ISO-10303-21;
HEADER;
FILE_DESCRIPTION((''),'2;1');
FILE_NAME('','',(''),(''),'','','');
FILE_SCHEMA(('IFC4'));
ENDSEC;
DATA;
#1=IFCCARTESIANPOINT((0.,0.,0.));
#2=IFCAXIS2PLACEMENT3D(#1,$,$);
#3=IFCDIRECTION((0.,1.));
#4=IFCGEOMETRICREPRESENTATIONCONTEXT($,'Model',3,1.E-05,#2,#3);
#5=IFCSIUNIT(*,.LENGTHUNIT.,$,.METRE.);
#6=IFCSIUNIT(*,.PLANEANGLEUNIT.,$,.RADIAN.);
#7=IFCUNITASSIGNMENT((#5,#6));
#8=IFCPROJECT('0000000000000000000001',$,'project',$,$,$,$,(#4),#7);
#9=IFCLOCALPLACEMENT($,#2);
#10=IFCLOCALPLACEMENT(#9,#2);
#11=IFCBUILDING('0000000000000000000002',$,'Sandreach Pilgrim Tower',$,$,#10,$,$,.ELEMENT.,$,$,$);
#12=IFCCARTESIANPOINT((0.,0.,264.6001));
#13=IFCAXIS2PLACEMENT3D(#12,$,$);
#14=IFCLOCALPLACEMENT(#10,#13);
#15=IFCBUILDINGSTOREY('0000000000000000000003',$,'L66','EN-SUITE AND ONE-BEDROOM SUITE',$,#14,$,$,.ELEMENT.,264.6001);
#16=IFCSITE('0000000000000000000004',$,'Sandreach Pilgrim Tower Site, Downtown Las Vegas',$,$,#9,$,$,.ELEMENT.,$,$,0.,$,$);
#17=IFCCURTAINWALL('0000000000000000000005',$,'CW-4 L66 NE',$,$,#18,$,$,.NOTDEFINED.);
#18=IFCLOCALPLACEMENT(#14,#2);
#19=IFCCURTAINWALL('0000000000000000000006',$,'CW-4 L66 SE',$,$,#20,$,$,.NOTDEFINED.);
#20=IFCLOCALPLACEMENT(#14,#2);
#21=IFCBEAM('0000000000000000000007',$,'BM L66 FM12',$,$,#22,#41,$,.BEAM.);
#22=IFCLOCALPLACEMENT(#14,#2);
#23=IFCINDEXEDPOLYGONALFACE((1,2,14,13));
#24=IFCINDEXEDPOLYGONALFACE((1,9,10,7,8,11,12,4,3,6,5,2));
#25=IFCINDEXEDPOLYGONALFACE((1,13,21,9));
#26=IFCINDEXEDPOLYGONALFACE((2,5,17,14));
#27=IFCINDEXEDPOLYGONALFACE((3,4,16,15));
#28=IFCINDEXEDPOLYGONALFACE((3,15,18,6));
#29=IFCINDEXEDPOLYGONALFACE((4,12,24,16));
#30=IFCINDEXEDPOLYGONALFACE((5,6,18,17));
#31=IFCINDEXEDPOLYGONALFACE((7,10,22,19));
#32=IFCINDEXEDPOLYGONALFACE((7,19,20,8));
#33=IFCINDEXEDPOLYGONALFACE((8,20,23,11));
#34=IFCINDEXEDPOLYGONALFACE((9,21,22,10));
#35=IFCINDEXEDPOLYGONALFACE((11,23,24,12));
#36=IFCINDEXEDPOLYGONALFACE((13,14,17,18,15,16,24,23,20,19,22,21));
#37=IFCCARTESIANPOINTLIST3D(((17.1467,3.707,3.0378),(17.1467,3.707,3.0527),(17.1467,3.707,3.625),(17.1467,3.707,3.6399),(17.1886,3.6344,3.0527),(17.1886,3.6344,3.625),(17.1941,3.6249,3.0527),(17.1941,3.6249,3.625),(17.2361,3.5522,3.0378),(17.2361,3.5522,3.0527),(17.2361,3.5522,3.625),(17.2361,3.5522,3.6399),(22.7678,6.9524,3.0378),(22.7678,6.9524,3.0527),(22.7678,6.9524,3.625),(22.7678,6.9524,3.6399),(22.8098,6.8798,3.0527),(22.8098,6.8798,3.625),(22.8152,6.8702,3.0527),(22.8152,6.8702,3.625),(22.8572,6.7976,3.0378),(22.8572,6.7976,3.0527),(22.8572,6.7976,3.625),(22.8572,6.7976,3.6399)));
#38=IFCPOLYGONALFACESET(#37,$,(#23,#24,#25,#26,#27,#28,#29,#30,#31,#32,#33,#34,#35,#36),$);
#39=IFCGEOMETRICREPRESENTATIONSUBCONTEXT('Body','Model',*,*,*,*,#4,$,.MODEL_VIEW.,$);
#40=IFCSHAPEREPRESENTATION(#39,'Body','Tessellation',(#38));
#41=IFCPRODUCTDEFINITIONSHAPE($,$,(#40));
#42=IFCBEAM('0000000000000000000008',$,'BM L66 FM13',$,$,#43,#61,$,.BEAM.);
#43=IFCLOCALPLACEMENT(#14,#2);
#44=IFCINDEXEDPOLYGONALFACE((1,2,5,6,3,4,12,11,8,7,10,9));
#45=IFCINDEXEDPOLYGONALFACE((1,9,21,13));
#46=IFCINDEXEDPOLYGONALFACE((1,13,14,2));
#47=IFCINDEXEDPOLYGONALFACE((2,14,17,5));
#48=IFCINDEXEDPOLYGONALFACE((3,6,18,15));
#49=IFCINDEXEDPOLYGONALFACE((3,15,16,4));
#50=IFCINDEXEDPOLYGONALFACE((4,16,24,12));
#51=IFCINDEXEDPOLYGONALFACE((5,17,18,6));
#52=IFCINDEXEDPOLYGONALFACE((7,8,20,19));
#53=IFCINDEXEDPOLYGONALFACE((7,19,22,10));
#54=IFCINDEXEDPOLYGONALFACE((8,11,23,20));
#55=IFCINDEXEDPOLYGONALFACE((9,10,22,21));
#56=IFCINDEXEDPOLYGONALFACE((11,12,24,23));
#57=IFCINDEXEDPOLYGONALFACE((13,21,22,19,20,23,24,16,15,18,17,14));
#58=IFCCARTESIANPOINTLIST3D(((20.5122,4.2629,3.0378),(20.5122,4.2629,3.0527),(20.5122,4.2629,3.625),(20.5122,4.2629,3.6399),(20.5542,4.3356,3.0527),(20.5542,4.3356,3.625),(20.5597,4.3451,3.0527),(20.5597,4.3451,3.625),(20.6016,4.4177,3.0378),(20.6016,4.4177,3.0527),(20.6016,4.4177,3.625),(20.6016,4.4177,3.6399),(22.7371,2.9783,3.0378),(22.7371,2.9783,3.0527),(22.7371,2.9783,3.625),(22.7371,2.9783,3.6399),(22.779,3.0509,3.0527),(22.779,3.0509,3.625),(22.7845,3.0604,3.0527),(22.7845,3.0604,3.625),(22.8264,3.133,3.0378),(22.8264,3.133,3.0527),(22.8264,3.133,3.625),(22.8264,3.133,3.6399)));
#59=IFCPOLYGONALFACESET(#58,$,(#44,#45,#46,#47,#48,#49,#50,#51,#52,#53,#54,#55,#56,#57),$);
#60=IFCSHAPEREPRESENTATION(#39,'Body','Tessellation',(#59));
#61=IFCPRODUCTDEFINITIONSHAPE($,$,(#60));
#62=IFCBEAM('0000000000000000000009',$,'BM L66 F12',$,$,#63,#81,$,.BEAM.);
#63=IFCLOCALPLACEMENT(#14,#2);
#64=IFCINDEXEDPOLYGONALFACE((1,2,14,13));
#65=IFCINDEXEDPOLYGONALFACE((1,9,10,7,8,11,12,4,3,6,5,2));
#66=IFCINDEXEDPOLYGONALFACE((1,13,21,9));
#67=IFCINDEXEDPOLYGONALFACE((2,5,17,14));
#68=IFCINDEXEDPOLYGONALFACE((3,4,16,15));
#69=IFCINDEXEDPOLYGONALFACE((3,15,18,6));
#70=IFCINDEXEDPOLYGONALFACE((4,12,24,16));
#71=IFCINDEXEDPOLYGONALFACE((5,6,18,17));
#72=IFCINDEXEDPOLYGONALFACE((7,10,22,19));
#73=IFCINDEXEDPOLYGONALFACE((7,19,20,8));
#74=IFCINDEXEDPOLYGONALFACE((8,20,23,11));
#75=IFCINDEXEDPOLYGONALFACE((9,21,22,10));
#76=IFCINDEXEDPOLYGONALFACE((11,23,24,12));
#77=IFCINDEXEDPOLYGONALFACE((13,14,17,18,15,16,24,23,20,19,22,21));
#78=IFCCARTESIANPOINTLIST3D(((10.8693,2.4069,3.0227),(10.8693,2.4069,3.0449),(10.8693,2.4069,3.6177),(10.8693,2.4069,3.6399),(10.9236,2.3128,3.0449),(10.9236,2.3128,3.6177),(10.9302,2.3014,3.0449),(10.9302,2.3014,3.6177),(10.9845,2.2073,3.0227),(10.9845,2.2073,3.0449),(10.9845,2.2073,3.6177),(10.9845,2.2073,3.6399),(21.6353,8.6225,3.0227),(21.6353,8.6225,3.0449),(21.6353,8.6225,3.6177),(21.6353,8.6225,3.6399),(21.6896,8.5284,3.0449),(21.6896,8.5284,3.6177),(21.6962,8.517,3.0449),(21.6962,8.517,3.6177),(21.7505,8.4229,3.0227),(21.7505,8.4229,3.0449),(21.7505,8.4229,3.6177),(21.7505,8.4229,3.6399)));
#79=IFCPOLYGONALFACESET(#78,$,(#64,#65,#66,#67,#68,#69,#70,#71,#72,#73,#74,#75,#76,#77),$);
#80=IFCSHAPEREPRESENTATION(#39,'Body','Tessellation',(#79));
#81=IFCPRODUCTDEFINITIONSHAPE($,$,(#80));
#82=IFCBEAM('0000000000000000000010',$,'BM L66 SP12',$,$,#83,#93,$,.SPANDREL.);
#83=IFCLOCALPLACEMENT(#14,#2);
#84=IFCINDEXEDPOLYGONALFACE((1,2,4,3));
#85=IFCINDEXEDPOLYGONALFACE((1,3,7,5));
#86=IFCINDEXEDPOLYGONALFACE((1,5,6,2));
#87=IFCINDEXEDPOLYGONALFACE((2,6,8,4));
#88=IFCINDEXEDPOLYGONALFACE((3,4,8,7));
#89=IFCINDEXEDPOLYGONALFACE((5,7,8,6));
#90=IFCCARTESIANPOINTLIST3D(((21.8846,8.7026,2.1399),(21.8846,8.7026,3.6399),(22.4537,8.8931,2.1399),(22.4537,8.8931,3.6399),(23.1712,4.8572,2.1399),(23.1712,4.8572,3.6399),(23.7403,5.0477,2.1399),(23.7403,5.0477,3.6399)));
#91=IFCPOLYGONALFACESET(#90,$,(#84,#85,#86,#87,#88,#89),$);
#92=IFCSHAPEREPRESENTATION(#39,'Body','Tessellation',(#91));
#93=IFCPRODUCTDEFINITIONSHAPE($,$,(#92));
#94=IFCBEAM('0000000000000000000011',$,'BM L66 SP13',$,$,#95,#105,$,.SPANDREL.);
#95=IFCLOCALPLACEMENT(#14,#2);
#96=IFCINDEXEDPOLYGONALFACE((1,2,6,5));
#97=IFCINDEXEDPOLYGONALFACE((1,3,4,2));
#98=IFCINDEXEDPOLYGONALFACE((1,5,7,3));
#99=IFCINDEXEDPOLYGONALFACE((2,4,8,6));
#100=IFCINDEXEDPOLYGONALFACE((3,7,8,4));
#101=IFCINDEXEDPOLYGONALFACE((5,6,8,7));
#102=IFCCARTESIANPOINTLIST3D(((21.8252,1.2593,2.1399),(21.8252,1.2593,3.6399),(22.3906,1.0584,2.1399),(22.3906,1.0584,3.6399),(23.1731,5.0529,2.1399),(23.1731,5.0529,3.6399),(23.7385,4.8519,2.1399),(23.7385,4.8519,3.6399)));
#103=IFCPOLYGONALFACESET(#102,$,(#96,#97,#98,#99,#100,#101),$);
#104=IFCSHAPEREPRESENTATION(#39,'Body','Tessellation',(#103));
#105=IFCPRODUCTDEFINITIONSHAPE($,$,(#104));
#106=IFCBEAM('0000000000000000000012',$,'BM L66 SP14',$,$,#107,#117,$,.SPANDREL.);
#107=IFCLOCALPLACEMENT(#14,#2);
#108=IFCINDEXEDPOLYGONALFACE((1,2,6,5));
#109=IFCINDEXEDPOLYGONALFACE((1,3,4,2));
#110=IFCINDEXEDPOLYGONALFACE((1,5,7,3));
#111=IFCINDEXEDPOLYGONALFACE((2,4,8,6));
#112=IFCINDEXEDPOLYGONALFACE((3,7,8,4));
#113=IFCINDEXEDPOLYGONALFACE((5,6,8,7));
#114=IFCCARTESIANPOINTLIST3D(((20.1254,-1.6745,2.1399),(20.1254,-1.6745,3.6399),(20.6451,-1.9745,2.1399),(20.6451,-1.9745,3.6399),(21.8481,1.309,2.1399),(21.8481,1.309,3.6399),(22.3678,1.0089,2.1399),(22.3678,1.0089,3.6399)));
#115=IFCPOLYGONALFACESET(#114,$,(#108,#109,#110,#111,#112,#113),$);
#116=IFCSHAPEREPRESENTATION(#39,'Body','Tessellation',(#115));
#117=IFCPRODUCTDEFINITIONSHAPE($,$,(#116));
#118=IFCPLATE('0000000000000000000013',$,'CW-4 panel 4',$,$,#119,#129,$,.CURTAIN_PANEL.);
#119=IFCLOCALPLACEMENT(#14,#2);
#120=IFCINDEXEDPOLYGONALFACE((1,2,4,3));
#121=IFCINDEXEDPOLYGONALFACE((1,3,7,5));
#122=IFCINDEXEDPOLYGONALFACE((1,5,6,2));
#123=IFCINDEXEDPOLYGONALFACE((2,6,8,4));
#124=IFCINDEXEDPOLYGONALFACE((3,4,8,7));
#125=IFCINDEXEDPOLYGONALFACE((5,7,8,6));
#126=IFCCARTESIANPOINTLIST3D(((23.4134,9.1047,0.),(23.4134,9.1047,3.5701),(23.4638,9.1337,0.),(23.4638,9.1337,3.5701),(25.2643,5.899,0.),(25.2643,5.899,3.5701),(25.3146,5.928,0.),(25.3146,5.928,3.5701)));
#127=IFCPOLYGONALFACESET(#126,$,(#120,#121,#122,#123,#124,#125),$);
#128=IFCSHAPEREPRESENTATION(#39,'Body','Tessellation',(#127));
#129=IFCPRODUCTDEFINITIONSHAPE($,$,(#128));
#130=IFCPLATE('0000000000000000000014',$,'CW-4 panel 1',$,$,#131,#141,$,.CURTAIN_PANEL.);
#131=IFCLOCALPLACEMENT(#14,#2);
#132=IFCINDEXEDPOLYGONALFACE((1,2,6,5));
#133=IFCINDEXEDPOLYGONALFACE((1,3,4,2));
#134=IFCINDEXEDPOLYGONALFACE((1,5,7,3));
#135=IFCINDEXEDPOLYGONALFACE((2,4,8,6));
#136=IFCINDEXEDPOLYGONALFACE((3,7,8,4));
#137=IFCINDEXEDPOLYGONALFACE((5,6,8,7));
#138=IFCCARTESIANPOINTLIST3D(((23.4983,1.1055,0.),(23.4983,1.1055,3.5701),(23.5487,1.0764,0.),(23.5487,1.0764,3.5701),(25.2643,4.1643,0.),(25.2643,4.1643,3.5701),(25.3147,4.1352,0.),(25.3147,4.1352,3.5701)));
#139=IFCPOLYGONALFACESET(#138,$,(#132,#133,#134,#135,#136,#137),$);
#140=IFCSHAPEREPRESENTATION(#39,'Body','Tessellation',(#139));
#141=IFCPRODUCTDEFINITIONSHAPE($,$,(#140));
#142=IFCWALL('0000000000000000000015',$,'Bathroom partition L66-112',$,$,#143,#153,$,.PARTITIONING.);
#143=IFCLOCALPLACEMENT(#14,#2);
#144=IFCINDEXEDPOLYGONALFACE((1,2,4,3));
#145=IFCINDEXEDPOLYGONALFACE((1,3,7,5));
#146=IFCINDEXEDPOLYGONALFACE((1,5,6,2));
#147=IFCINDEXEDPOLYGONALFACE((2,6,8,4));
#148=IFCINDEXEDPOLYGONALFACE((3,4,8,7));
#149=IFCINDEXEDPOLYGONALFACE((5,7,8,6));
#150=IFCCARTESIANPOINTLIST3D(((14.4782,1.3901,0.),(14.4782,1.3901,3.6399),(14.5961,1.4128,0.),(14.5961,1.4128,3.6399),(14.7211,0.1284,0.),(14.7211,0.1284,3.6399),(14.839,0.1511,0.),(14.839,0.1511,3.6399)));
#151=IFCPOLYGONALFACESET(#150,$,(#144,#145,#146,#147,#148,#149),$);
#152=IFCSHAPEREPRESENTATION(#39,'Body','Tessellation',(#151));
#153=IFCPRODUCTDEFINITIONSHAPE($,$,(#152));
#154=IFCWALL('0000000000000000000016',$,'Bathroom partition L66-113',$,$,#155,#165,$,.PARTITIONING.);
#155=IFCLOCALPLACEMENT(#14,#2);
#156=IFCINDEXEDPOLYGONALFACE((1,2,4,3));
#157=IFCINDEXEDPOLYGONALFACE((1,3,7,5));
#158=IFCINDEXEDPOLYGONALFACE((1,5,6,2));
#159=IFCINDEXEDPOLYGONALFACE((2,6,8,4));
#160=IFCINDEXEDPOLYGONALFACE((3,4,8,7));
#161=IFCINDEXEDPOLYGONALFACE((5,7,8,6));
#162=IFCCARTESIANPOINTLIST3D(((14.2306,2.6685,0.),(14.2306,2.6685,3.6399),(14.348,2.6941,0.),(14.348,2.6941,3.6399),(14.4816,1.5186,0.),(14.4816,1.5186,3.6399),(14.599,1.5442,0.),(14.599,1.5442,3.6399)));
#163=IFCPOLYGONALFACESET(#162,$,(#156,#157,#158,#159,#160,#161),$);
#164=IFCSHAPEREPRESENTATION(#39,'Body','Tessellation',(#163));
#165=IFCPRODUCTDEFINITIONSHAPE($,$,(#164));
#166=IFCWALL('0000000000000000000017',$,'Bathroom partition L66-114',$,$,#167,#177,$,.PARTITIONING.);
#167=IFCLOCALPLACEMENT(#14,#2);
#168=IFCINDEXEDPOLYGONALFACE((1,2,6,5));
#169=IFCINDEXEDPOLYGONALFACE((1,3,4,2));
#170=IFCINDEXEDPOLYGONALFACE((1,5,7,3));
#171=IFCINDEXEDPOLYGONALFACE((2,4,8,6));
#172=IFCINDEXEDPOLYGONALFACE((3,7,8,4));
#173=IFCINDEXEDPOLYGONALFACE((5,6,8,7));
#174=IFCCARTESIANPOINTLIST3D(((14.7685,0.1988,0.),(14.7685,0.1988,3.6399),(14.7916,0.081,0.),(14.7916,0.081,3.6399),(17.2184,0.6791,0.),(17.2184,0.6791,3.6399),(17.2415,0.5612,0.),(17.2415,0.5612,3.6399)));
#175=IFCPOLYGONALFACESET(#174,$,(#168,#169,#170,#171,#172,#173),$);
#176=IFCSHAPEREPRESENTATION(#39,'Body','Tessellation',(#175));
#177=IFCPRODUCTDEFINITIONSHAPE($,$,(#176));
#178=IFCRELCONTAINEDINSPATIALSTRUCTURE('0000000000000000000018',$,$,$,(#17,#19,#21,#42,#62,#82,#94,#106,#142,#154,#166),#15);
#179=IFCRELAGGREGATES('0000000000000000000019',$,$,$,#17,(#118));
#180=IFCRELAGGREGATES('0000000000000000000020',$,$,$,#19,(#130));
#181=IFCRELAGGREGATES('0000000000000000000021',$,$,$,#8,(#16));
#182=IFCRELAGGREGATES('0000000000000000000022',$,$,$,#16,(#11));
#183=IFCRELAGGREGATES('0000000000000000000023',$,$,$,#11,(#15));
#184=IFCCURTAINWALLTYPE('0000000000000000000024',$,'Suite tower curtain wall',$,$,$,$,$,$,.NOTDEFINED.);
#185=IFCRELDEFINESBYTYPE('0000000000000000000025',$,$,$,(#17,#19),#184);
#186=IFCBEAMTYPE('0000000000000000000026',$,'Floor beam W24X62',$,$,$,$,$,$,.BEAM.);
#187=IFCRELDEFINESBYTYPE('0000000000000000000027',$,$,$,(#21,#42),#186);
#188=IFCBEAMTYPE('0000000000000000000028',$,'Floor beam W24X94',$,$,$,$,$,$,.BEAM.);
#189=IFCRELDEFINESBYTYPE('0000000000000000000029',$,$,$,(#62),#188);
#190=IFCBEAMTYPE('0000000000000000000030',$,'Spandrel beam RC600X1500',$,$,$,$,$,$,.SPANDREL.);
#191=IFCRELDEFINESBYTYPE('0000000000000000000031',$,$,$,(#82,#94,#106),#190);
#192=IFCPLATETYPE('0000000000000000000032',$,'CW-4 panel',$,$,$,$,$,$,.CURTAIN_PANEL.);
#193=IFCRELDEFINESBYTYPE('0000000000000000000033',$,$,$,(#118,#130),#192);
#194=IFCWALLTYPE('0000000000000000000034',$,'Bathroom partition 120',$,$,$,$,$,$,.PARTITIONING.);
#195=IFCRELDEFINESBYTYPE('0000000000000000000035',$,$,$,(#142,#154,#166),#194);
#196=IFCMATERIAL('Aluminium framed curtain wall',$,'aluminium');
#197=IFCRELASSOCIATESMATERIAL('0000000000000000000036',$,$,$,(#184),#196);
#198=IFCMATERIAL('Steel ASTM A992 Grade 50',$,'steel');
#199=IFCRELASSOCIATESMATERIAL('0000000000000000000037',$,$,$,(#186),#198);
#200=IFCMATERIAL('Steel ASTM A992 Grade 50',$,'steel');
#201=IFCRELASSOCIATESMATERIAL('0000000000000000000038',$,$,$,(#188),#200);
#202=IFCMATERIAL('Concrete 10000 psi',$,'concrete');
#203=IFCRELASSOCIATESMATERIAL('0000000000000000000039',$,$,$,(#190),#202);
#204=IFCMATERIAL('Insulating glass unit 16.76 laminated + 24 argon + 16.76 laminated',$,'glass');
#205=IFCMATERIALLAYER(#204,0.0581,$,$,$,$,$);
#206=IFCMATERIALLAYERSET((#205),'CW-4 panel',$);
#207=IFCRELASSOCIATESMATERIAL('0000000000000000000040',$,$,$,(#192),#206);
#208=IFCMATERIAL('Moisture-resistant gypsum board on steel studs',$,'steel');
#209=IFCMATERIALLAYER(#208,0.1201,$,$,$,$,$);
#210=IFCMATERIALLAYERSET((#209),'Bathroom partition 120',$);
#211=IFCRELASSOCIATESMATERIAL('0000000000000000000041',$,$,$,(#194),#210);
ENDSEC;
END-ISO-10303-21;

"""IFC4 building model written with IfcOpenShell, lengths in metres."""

from ifc_helpers import new_model, si_unit, direction, frame, frame_2d, origin, origin_2d, place, context, subcontext, project, spatial, rectangle, i_section, extrude, material, layer, layer_set, material_profile, profile_set, type_object, element, aggregate, save


model = new_model("IFC4")

# Units and contexts
model_context = context("Model", 3, precision=1e-05, world=origin(), true_north=direction((0.0, 1.0)))
body_context = subcontext(model_context, "Body", "Model", "MODEL_VIEW")
ifc_project = project(units=[si_unit("LENGTHUNIT", "METRE"), si_unit("PLANEANGLEUNIT", "RADIAN")], contexts=[model_context])

# Site, building, storey
site_placement = place(None, origin())
site = spatial("IfcSite", under=ifc_project, at=site_placement, Name="Sandreach Pilgrim Tower Site, Downtown Las Vegas", CompositionType="ELEMENT", RefElevation=0.0)
building_placement = place(site_placement, origin())
building = spatial("IfcBuilding", under=site, at=building_placement, Name="Sandreach Pilgrim Tower", CompositionType="ELEMENT")
storey_placement = place(building_placement, frame((0.0, 0.0, 264.6001)))
storey = spatial("IfcBuildingStorey", under=building, at=storey_placement, Name="L66", Description="EN-SUITE AND ONE-BEDROOM SUITE", CompositionType="ELEMENT", Elevation=264.6001)

# Curtain walls
ifc_material_1 = material(Name="Aluminium framed curtain wall", Category="aluminium")
curtain_wall_type = type_object("IfcCurtainWallType", Name="Suite tower curtain wall", PredefinedType="NOTDEFINED", material=ifc_material_1)
curtain_wall_1_placement = place(storey_placement, origin())
curtain_wall_1 = element("IfcCurtainWall", 1, at=curtain_wall_1_placement, inside=storey, type_object=curtain_wall_type, Name="CW-4 L66 NE", PredefinedType="NOTDEFINED")
curtain_wall_2_placement = place(storey_placement, origin())
curtain_wall_2 = element("IfcCurtainWall", 2, at=curtain_wall_2_placement, inside=storey, type_object=curtain_wall_type, Name="CW-4 L66 SE", PredefinedType="NOTDEFINED")

# Beams
ifc_material_2 = material(Name="Steel ASTM A992 Grade 50", Category="steel")
ifc_material_profile_1 = material_profile(ifc_material_2, i_section(OverallWidth=0.1787, OverallDepth=0.6021, WebThickness=0.011, FlangeThickness=0.0149, at=origin_2d()), Name="W24X62")
ifc_profile_set_1 = profile_set([ifc_material_profile_1], Name="Steel ASTM A992 Grade 50")
beam_type_1 = type_object("IfcBeamType", Name="Floor beam W24X62", PredefinedType="BEAM", material=ifc_profile_set_1)
beam_1_placement = place(storey_placement, frame((22.8125, 6.875, 3.3389), z_axis=(-0.866024, -0.500002, 0.0), x_axis=(0.500002, -0.866024, 0.0)))
element("IfcBeam", 3, at=beam_1_placement, inside=storey, type_object=beam_type_1, Name="BM L66 FM12", PredefinedType="BEAM", context=body_context, shape_type="SweptSolid", body=[
    extrude(i_section(OverallWidth=0.1787, OverallDepth=0.6021, WebThickness=0.011, FlangeThickness=0.0149, at=origin_2d()), origin(), (0.0, 0.0, 1.0), 6.4907),
])
beam_2_placement = place(storey_placement, frame((22.7817, 3.0557, 3.3389), z_axis=(-0.866, 0.500043, 0.0), x_axis=(-0.500043, -0.866, 0.0)))
element("IfcBeam", 4, at=beam_2_placement, inside=storey, type_object=beam_type_1, Name="BM L66 FM13", PredefinedType="BEAM", context=body_context, shape_type="SweptSolid", body=[
    extrude(i_section(OverallWidth=0.1787, OverallDepth=0.6021, WebThickness=0.011, FlangeThickness=0.0149, at=origin_2d()), origin(), (0.0, 0.0, 1.0), 2.5691),
])
ifc_material_3 = material(Name="Steel ASTM A992 Grade 50", Category="steel")
ifc_material_profile_2 = material_profile(ifc_material_3, i_section(OverallWidth=0.2305, OverallDepth=0.6172, WebThickness=0.0132, FlangeThickness=0.0222, at=origin_2d()), Name="W24X94")
ifc_profile_set_2 = profile_set([ifc_material_profile_2], Name="Steel ASTM A992 Grade 50")
beam_type_2 = type_object("IfcBeamType", Name="Floor beam W24X94", PredefinedType="BEAM", material=ifc_profile_set_2)
beam_3_placement = place(storey_placement, frame((21.6929, 8.5227, 3.3313), z_axis=(-0.866029, -0.499994, 0.0), x_axis=(0.499994, -0.866029, 0.0)))
element("IfcBeam", 5, at=beam_3_placement, inside=storey, type_object=beam_type_2, Name="BM L66 F12", PredefinedType="BEAM", context=body_context, shape_type="SweptSolid", body=[
    extrude(i_section(OverallWidth=0.2305, OverallDepth=0.6172, WebThickness=0.0132, FlangeThickness=0.0222, at=origin_2d()), origin(), (0.0, 0.0, 1.0), 12.4314),
])
ifc_material_4 = material(Name="Concrete 10000 psi", Category="concrete")
ifc_material_profile_3 = material_profile(ifc_material_4, rectangle(XDim=0.6001, YDim=1.5, at=origin_2d()), Name="RC600X1500")
ifc_profile_set_3 = profile_set([ifc_material_profile_3], Name="Concrete 10000 psi")
beam_type_3 = type_object("IfcBeamType", Name="Spandrel beam RC600X1500", PredefinedType="SPANDREL", material=ifc_profile_set_3)
beam_4_placement = place(storey_placement, frame((22.1692, 8.7979, 2.8899), z_axis=(0.317293, -0.948327, 0.0), x_axis=(0.948327, 0.317293, 0.0)))
element("IfcBeam", 6, at=beam_4_placement, inside=storey, type_object=beam_type_3, Name="BM L66 SP12", PredefinedType="SPANDREL", context=body_context, shape_type="SweptSolid", body=[
    extrude(rectangle(XDim=0.6001, YDim=1.5, at=origin_2d()), origin(), (0.0, 0.0, 1.0), 4.0549),
])
beam_5_placement = place(storey_placement, frame((23.4558, 4.9524, 2.8899), z_axis=(-0.334815, -0.942284, 0.0), x_axis=(0.942284, -0.334815, 0.0)))
element("IfcBeam", 7, at=beam_5_placement, inside=storey, type_object=beam_type_3, Name="BM L66 SP13", PredefinedType="SPANDREL", context=body_context, shape_type="SweptSolid", body=[
    extrude(rectangle(XDim=0.6001, YDim=1.5, at=origin_2d()), origin(), (0.0, 0.0, 1.0), 4.0259),
])
beam_6_placement = place(storey_placement, frame((22.1079, 1.1589, 2.8899), z_axis=(-0.500041, -0.866001, 0.0), x_axis=(0.866001, -0.500041, 0.0)))
element("IfcBeam", 8, at=beam_6_placement, inside=storey, type_object=beam_type_3, Name="BM L66 SP14", PredefinedType="SPANDREL", context=body_context, shape_type="SweptSolid", body=[
    extrude(rectangle(XDim=0.6001, YDim=1.5, at=origin_2d()), origin(), (0.0, 0.0, 1.0), 3.4451),
])

# Plates
ifc_material_5 = material(Name="Insulating glass unit 16.76 laminated + 24 argon + 16.76 laminated", Category="glass")
ifc_layer_1 = layer(ifc_material_5, 0.0581)
ifc_layer_set_1 = layer_set([ifc_layer_1], Name="CW-4 panel")
plate_type = type_object("IfcPlateType", Name="CW-4 panel", PredefinedType="CURTAIN_PANEL", material=ifc_layer_set_1)
plate_1_placement = place(storey_placement, frame((24.364, 7.5164, 0.0), z_axis=(0.0, 0.0, 1.0), x_axis=(0.5, -0.866025, 0.0)))
plate_1 = element("IfcPlate", 9, at=plate_1_placement, type_object=plate_type, Name="CW-4 panel 4", PredefinedType="CURTAIN_PANEL", context=body_context, shape_type="SweptSolid", body=[
    extrude(rectangle(XDim=3.7017, YDim=0.0581, at=origin_2d()), origin(), (0.0, 0.0, 1.0), 3.5701),
])
aggregate(curtain_wall_1, [plate_1])
plate_2_placement = place(storey_placement, frame((24.4065, 2.6204, 0.0), z_axis=(0.0, 0.0, 1.0), x_axis=(-0.5, -0.866025, 0.0)))
plate_2 = element("IfcPlate", 10, at=plate_2_placement, type_object=plate_type, Name="CW-4 panel 1", PredefinedType="CURTAIN_PANEL", context=body_context, shape_type="SweptSolid", body=[
    extrude(rectangle(XDim=3.532, YDim=0.0581, at=origin_2d()), origin(), (0.0, 0.0, 1.0), 3.5701),
])
aggregate(curtain_wall_2, [plate_2])

# Walls
ifc_material_6 = material(Name="Moisture-resistant gypsum board on steel studs", Category="steel")
ifc_layer_2 = layer(ifc_material_6, 0.1201)
ifc_layer_set_2 = layer_set([ifc_layer_2], Name="Bathroom partition 120")
wall_type_1 = type_object("IfcWallType", Name="Bathroom partition 120", PredefinedType="PARTITIONING", material=ifc_layer_set_2)
wall_1_placement = place(storey_placement, frame((14.5371, 1.4016, 0.0), z_axis=(0.0, 0.0, 1.0), x_axis=(0.189059, -0.981966, 0.0)))
element("IfcWall", 11, at=wall_1_placement, inside=storey, type_object=wall_type_1, Name="Bathroom partition L66-112", PredefinedType="PARTITIONING", context=body_context, shape_type="SweptSolid", body=[
    extrude(rectangle(XDim=1.2849, YDim=0.1201, at=frame_2d((0.6426, 0.0))), origin(), (0.0, 0.0, 1.0), 3.6399),
])
wall_2_placement = place(storey_placement, frame((14.5403, 1.5315, 0.0), z_axis=(0.0, 0.0, 1.0), x_axis=(-0.213239, 0.977, 0.0)))
element("IfcWall", 12, at=wall_2_placement, inside=storey, type_object=wall_type_1, Name="Bathroom partition L66-113", PredefinedType="PARTITIONING", context=body_context, shape_type="SweptSolid", body=[
    extrude(rectangle(XDim=1.177, YDim=0.1201, at=frame_2d((0.5884, 0.0))), origin(), (0.0, 0.0, 1.0), 3.6399),
])
wall_3_placement = place(storey_placement, frame((14.78, 0.1399, 0.0), z_axis=(0.0, 0.0, 1.0), x_axis=(0.981326, 0.192354, 0.0)))
element("IfcWall", 13, at=wall_3_placement, inside=storey, type_object=wall_type_1, Name="Bathroom partition L66-114", PredefinedType="PARTITIONING", context=body_context, shape_type="SweptSolid", body=[
    extrude(rectangle(XDim=2.4966, YDim=0.1201, at=frame_2d((1.2483, 0.0))), origin(), (0.0, 0.0, 1.0), 3.6399),
])

save(model, "model.ifc")
